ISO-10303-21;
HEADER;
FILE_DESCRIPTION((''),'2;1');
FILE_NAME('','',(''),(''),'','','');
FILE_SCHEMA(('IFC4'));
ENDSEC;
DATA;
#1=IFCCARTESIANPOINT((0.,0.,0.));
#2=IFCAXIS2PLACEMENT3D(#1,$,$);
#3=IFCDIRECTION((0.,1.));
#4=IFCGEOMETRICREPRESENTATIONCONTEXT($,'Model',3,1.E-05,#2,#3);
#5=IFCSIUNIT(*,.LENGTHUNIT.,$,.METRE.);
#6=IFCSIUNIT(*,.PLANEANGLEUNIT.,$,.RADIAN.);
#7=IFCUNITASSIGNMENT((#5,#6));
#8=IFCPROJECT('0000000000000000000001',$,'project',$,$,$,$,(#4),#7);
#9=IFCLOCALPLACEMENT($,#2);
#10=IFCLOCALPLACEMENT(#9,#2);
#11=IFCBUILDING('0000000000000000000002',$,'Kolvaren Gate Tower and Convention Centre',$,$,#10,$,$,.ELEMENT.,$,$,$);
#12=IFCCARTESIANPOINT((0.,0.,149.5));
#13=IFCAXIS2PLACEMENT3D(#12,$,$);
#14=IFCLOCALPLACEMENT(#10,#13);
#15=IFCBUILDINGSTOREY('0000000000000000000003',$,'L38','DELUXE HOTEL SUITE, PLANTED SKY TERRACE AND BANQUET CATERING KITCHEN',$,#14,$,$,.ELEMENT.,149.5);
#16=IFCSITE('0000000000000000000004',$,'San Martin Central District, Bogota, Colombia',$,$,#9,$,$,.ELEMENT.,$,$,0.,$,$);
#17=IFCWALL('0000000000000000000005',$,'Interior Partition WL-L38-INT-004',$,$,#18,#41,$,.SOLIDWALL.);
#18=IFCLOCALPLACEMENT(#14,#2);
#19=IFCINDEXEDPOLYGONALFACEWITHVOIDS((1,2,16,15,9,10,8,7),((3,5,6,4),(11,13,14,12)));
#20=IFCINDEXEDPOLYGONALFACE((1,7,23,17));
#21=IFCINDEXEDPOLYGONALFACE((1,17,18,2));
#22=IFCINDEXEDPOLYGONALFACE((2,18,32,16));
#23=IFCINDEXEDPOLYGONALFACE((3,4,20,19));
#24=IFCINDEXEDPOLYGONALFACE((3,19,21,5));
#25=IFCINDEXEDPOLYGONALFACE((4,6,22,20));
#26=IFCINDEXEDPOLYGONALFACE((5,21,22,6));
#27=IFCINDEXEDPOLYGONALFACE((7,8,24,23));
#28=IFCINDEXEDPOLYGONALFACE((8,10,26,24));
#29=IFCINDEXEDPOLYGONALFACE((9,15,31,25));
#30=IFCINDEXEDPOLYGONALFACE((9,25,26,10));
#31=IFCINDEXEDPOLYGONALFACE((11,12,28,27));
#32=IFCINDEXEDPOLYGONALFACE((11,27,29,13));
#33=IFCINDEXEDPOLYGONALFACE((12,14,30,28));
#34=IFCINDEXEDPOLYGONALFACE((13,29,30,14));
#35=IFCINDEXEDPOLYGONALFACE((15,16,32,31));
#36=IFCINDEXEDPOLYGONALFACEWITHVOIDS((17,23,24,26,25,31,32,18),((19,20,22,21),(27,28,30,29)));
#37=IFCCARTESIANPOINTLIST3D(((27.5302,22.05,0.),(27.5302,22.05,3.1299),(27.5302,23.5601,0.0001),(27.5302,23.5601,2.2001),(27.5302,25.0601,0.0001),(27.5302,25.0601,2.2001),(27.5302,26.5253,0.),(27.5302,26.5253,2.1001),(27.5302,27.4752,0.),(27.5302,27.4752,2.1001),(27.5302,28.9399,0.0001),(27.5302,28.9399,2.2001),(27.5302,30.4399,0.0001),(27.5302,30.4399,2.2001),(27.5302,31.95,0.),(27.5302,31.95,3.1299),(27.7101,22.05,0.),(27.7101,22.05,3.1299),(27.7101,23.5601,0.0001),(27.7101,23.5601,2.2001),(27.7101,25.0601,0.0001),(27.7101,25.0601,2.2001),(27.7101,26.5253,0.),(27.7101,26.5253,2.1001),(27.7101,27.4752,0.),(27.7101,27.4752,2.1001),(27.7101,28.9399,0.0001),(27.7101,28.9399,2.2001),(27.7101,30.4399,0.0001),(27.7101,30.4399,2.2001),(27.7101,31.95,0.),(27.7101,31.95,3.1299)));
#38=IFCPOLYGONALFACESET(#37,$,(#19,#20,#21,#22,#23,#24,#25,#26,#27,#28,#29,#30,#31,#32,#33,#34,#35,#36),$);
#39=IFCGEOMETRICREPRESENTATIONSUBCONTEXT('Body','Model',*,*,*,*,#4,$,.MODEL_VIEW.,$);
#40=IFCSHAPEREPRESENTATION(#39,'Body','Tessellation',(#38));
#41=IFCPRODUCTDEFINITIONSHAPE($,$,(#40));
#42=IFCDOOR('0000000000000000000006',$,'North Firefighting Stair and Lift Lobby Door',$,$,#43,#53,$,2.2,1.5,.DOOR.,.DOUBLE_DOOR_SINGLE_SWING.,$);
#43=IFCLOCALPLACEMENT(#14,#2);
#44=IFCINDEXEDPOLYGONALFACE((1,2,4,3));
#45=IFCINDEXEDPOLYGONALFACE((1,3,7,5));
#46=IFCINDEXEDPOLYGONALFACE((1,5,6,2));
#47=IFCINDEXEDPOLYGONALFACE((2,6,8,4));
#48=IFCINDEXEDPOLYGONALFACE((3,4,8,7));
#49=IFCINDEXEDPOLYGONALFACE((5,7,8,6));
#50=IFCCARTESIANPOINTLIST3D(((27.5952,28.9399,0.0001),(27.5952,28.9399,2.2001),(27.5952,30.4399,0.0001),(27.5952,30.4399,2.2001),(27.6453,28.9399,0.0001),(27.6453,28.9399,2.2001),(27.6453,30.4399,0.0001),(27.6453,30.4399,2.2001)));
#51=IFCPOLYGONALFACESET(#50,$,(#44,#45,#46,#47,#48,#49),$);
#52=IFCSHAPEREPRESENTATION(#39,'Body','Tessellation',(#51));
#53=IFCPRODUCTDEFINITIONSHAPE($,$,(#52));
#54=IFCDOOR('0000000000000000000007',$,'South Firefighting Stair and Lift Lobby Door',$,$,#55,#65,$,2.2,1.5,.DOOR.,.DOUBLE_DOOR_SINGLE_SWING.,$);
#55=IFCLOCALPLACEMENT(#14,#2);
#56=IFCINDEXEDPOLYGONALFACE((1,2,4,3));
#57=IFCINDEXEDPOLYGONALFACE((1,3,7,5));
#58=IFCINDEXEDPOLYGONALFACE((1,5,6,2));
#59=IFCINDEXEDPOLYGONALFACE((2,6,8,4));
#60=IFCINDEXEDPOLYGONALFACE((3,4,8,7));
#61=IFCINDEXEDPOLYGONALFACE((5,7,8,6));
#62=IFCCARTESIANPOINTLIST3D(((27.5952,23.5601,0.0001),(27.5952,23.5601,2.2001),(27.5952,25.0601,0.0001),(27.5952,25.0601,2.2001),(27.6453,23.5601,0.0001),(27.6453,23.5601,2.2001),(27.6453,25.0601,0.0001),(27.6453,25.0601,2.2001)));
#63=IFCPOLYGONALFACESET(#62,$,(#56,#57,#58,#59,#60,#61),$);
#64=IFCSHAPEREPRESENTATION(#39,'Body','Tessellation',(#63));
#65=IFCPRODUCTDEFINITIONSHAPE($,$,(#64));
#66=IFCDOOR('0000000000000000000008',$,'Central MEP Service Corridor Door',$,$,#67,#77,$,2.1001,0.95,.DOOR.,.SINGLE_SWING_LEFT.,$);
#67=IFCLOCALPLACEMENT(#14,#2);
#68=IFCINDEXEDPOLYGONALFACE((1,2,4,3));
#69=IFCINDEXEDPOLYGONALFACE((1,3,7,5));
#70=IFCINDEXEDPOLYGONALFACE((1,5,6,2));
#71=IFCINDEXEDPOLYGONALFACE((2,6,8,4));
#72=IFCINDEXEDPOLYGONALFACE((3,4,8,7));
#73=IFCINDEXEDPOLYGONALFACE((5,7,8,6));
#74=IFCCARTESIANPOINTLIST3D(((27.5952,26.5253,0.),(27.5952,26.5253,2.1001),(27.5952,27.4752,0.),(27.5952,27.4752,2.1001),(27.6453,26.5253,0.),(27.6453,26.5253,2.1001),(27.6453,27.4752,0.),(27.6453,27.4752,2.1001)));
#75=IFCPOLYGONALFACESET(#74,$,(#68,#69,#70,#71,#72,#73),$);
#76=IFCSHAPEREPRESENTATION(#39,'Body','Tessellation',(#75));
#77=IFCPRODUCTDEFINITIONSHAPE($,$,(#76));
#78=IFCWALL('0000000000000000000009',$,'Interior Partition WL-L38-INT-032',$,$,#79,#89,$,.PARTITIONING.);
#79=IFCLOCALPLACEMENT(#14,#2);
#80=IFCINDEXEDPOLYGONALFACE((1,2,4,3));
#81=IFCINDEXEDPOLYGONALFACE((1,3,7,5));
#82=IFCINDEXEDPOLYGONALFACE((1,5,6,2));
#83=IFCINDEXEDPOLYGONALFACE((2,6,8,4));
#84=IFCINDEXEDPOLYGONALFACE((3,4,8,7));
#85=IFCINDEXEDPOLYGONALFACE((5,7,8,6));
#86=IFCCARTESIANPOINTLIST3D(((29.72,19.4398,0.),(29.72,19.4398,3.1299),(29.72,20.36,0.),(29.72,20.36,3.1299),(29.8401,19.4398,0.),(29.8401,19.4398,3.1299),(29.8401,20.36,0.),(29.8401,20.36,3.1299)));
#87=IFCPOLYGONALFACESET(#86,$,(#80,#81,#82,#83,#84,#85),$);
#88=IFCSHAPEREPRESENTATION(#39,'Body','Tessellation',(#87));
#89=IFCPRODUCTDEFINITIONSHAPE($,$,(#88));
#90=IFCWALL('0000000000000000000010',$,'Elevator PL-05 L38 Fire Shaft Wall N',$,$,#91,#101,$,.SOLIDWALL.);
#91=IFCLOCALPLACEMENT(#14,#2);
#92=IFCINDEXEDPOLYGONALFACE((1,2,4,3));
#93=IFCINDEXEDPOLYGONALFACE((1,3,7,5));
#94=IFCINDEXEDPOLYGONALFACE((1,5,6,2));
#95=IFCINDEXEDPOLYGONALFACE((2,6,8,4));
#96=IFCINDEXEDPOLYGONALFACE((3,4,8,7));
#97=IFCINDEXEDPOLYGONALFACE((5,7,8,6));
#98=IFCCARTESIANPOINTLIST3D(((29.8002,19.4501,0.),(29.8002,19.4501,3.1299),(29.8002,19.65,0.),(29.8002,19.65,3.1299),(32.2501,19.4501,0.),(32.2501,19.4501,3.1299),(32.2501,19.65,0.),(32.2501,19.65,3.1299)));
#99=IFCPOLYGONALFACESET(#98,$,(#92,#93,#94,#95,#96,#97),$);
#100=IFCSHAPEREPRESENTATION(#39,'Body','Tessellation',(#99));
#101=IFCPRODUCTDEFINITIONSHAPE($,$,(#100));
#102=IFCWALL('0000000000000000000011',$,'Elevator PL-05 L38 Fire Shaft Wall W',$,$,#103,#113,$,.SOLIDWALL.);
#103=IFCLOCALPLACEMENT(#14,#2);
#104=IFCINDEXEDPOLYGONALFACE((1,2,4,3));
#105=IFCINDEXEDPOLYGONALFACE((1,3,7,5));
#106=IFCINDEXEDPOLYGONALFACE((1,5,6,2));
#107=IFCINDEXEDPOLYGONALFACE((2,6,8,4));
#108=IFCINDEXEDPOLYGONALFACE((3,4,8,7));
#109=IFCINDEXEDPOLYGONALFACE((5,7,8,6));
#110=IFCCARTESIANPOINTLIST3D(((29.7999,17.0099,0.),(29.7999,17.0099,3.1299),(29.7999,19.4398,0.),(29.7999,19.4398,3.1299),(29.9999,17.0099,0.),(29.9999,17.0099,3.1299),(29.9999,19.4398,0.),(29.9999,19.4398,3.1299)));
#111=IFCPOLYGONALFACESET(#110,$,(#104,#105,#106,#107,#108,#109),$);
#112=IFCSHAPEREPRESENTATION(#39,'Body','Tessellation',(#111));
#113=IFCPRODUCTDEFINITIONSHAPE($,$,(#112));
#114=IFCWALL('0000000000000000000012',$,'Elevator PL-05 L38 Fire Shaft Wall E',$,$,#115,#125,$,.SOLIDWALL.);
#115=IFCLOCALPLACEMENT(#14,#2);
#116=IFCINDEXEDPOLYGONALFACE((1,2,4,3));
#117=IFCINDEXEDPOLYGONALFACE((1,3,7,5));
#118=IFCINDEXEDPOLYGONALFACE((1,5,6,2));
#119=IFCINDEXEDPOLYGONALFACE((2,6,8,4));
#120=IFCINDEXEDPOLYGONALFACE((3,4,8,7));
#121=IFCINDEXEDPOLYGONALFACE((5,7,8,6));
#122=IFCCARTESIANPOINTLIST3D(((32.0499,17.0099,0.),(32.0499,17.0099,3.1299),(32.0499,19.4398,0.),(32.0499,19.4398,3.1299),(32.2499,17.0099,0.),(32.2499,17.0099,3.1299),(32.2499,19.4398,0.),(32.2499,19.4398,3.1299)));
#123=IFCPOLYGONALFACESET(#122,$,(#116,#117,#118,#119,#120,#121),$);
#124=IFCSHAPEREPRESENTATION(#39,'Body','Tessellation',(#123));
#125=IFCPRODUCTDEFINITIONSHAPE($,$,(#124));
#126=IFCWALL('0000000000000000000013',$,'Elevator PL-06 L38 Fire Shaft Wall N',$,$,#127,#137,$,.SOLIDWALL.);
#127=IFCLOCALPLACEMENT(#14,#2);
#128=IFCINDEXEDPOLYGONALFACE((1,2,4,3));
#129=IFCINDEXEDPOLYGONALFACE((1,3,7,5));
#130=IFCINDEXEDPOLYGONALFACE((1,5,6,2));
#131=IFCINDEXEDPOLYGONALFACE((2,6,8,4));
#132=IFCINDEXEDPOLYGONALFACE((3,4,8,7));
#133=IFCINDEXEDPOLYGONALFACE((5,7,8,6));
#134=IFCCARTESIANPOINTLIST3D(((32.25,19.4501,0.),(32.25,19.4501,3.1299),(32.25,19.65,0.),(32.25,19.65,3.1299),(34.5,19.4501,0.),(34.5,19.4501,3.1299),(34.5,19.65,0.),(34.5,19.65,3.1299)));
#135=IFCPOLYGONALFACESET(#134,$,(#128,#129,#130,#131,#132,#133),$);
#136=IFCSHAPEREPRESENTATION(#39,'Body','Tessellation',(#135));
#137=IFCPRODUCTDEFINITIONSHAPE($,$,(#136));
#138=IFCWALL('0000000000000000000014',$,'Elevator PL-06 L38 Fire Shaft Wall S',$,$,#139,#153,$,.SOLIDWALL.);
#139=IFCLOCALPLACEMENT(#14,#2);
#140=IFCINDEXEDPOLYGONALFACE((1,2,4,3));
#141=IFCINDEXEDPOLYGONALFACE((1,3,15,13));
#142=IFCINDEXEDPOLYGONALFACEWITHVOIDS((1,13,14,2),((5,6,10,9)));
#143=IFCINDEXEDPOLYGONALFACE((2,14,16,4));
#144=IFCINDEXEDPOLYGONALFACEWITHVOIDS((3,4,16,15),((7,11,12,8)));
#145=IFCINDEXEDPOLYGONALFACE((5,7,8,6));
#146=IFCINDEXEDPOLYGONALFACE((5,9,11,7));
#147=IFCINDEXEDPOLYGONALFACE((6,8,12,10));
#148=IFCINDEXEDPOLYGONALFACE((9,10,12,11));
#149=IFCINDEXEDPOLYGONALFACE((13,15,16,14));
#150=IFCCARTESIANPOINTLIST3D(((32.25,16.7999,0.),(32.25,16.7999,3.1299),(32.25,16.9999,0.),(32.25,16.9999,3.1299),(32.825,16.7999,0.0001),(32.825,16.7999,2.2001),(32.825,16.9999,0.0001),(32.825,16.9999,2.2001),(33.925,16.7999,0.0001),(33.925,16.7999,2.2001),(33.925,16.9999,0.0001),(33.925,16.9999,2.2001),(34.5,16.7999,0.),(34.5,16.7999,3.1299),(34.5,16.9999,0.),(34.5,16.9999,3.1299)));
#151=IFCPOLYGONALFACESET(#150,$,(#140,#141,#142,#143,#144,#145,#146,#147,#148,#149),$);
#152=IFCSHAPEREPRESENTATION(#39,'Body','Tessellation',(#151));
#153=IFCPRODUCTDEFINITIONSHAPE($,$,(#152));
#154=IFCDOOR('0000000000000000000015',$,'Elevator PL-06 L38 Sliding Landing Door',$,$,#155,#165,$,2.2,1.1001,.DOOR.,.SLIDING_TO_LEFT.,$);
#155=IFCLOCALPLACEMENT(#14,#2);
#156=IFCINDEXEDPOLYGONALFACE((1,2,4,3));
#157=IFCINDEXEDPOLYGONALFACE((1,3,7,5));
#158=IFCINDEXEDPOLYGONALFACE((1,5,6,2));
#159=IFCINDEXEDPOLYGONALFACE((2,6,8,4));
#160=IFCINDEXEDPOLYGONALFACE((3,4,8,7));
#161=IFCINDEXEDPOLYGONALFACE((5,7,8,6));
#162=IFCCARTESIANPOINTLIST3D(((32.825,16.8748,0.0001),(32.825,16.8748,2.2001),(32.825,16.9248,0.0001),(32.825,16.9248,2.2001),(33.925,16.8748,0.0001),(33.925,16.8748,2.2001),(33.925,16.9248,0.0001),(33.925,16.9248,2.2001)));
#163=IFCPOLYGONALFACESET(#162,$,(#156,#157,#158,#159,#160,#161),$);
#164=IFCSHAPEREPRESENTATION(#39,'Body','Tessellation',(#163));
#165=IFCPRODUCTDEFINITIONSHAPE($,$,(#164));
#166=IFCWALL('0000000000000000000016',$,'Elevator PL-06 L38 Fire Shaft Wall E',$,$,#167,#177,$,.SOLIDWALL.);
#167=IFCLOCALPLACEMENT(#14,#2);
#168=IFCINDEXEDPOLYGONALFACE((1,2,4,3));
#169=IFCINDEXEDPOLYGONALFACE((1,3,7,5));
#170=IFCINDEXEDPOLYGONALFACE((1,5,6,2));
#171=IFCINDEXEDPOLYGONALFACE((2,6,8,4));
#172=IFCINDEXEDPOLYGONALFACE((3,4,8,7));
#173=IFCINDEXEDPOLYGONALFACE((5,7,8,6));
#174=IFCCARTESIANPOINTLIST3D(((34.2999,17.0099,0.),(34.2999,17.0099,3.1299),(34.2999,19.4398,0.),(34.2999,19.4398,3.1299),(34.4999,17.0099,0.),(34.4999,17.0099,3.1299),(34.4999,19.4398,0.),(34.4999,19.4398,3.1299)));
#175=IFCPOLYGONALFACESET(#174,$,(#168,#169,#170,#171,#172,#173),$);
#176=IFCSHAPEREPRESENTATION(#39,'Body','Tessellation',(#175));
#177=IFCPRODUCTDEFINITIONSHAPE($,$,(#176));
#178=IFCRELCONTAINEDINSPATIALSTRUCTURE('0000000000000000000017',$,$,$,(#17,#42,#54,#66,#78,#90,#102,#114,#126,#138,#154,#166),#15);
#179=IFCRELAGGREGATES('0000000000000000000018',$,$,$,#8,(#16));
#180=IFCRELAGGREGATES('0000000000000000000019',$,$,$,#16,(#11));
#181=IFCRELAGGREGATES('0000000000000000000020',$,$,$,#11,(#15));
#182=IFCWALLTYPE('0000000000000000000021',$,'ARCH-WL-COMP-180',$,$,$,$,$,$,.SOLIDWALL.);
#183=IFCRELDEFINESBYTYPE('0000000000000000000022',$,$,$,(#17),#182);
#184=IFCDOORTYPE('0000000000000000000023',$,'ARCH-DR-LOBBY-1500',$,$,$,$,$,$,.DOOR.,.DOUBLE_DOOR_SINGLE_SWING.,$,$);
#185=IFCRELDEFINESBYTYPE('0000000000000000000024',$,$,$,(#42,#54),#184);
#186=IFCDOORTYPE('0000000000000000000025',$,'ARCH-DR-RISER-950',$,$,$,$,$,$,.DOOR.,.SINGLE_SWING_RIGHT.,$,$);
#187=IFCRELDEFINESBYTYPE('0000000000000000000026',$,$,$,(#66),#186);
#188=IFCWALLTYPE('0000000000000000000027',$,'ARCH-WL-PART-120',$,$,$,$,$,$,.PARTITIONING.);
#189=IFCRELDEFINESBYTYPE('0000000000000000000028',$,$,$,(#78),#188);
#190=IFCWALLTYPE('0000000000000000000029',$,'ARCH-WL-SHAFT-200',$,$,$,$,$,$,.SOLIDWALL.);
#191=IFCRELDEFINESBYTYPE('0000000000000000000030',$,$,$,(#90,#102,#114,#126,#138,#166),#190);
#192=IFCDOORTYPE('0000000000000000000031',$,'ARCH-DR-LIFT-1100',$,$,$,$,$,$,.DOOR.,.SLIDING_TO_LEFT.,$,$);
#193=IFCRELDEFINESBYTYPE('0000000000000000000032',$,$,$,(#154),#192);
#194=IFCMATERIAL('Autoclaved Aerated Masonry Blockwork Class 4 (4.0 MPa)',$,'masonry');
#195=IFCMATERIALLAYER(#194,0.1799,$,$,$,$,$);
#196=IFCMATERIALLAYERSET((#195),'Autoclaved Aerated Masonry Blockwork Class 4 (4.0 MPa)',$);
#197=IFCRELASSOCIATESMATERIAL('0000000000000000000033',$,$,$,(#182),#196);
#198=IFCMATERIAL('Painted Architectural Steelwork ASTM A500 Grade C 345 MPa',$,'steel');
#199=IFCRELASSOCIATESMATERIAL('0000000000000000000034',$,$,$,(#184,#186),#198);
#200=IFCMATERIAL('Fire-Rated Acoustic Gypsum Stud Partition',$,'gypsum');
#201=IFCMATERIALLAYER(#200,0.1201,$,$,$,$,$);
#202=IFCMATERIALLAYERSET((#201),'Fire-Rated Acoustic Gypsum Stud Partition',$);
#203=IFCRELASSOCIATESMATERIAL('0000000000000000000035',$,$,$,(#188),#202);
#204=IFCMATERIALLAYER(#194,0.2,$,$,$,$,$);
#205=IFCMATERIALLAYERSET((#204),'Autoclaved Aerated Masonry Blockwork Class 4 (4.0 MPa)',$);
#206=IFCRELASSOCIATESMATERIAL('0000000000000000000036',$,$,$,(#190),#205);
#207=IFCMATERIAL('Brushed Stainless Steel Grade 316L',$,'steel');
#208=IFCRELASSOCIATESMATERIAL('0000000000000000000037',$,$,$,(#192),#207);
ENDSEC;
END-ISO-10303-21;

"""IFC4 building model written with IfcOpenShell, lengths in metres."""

from ifc_helpers import new_model, si_unit, direction, frame, frame_2d, origin, place, context, subcontext, project, spatial, rectangle, extrude, material, layer, layer_set, type_object, element, fill, save


model = new_model("IFC4")

# Units and contexts
model_context = context("Model", 3, precision=1e-05, world=origin(), true_north=direction((0.0, 1.0)))
body_context = subcontext(model_context, "Body", "Model", "MODEL_VIEW")
ifc_project = project(units=[si_unit("LENGTHUNIT", "METRE"), si_unit("PLANEANGLEUNIT", "RADIAN")], contexts=[model_context])

# Site, building, storey
site_placement = place(None, origin())
site = spatial("IfcSite", under=ifc_project, at=site_placement, Name="San Martin Central District, Bogota, Colombia", CompositionType="ELEMENT", RefElevation=0.0)
building_placement = place(site_placement, origin())
building = spatial("IfcBuilding", under=site, at=building_placement, Name="Kolvaren Gate Tower and Convention Centre", CompositionType="ELEMENT")
storey_placement = place(building_placement, frame((0.0, 0.0, 149.5)))
storey = spatial("IfcBuildingStorey", under=building, at=storey_placement, Name="L38", Description="DELUXE HOTEL SUITE, PLANTED SKY TERRACE AND BANQUET CATERING KITCHEN", CompositionType="ELEMENT", Elevation=149.5)

# Wall, openings, doors
ifc_material_1 = material(Name="Autoclaved Aerated Masonry Blockwork Class 4 (4.0 MPa)", Category="masonry")
ifc_layer_1 = layer(ifc_material_1, 0.1799)
ifc_layer_set_1 = layer_set([ifc_layer_1], Name="Autoclaved Aerated Masonry Blockwork Class 4 (4.0 MPa)")
wall_type_1 = type_object("IfcWallType", Name="ARCH-WL-COMP-180", PredefinedType="SOLIDWALL", material=ifc_layer_set_1)
wall_1_placement = place(storey_placement, frame((27.6201, 22.05, 0.0), z_axis=(0.0, 0.0, 1.0), x_axis=(0.0, 1.0, 0.0)))
wall_1 = element("IfcWall", 1, at=wall_1_placement, inside=storey, type_object=wall_type_1, Name="Interior Partition WL-L38-INT-004", PredefinedType="SOLIDWALL", context=body_context, shape_type="SweptSolid", body=[
    extrude(rectangle(XDim=9.8999, YDim=0.1799, at=frame_2d((4.95, 0.0))), origin(), (0.0, 0.0, 1.0), 3.1299),
])
opening_1_placement = place(wall_1_placement, frame((4.4751, 0.0, 0.0)))
opening_1 = element("IfcOpeningElement", 2, at=opening_1_placement, cuts=wall_1, PredefinedType="OPENING", context=body_context, shape_type="SweptSolid", body=[
    extrude(rectangle(XDim=0.95, YDim=2.1001, at=frame_2d((0.4751, 1.05))), frame((0.0, 0.0999, 0.0), z_axis=(0.0, -1.0, 0.0), x_axis=(1.0, 0.0, 0.0)), (0.0, 0.0, 1.0), 0.2),
])
opening_2_placement = place(wall_1_placement, frame((6.8899, 0.0, 0.0)))
opening_2 = element("IfcOpeningElement", 3, at=opening_2_placement, cuts=wall_1, PredefinedType="OPENING", context=body_context, shape_type="SweptSolid", body=[
    extrude(rectangle(XDim=1.5, YDim=2.2, at=frame_2d((0.75, 1.1001))), frame((0.0, 0.0999, 0.0), z_axis=(0.0, -1.0, 0.0), x_axis=(1.0, 0.0, 0.0)), (0.0, 0.0, 1.0), 0.2),
])
opening_3_placement = place(wall_1_placement, frame((1.51, 0.0, 0.0)))
opening_3 = element("IfcOpeningElement", 4, at=opening_3_placement, cuts=wall_1, PredefinedType="OPENING", context=body_context, shape_type="SweptSolid", body=[
    extrude(rectangle(XDim=1.5, YDim=2.2, at=frame_2d((0.75, 1.1001))), frame((0.0, 0.0999, 0.0), z_axis=(0.0, -1.0, 0.0), x_axis=(1.0, 0.0, 0.0)), (0.0, 0.0, 1.0), 0.2),
])
ifc_material_2 = material(Name="Painted Architectural Steelwork ASTM A500 Grade C 345 MPa", Category="steel")
door_type_1 = type_object("IfcDoorType", Name="ARCH-DR-LOBBY-1500", OperationType="DOUBLE_DOOR_SINGLE_SWING", PredefinedType="DOOR", material=ifc_material_2)
door_1_placement = place(opening_2_placement, origin())
door_1 = element("IfcDoor", 5, at=door_1_placement, inside=storey, type_object=door_type_1, Name="North Firefighting Stair and Lift Lobby Door", OperationType="DOUBLE_DOOR_SINGLE_SWING", OverallHeight=2.2, OverallWidth=1.5, PredefinedType="DOOR", context=body_context, shape_type="SweptSolid", body=[
    extrude(rectangle(XDim=1.5, YDim=2.2, at=frame_2d((0.75, 1.1001))), frame((0.0, 0.0249, 0.0), z_axis=(0.0, -1.0, 0.0), x_axis=(1.0, 0.0, 0.0)), (0.0, 0.0, 1.0), 0.05),
])
fill(opening_2, door_1)
door_2_placement = place(opening_3_placement, origin())
door_2 = element("IfcDoor", 6, at=door_2_placement, inside=storey, type_object=door_type_1, Name="South Firefighting Stair and Lift Lobby Door", OperationType="DOUBLE_DOOR_SINGLE_SWING", OverallHeight=2.2, OverallWidth=1.5, PredefinedType="DOOR", context=body_context, shape_type="SweptSolid", body=[
    extrude(rectangle(XDim=1.5, YDim=2.2, at=frame_2d((0.75, 1.1001))), frame((0.0, 0.0249, 0.0), z_axis=(0.0, -1.0, 0.0), x_axis=(1.0, 0.0, 0.0)), (0.0, 0.0, 1.0), 0.05),
])
fill(opening_3, door_2)
door_type_2 = type_object("IfcDoorType", Name="ARCH-DR-RISER-950", OperationType="SINGLE_SWING_RIGHT", PredefinedType="DOOR", material=ifc_material_2)
door_3_placement = place(opening_1_placement, origin())
door_3 = element("IfcDoor", 7, at=door_3_placement, inside=storey, type_object=door_type_2, Name="Central MEP Service Corridor Door", OperationType="SINGLE_SWING_LEFT", OverallHeight=2.1001, OverallWidth=0.95, PredefinedType="DOOR", context=body_context, shape_type="SweptSolid", body=[
    extrude(rectangle(XDim=0.95, YDim=2.1001, at=frame_2d((0.4751, 1.05))), frame((0.0, 0.0249, 0.0), z_axis=(0.0, -1.0, 0.0), x_axis=(1.0, 0.0, 0.0)), (0.0, 0.0, 1.0), 0.05),
])
fill(opening_1, door_3)

# Walls
ifc_material_3 = material(Name="Fire-Rated Acoustic Gypsum Stud Partition", Category="gypsum")
ifc_layer_2 = layer(ifc_material_3, 0.1201)
ifc_layer_set_2 = layer_set([ifc_layer_2], Name="Fire-Rated Acoustic Gypsum Stud Partition")
wall_type_2 = type_object("IfcWallType", Name="ARCH-WL-PART-120", PredefinedType="PARTITIONING", material=ifc_layer_set_2)
wall_2_placement = place(storey_placement, frame((29.78, 19.4399, 0.0), z_axis=(0.0, 0.0, 1.0), x_axis=(0.0, 1.0, 0.0)))
element("IfcWall", 8, at=wall_2_placement, inside=storey, type_object=wall_type_2, Name="Interior Partition WL-L38-INT-032", PredefinedType="PARTITIONING", context=body_context, shape_type="SweptSolid", body=[
    extrude(rectangle(XDim=0.9202, YDim=0.1201, at=frame_2d((0.46, 0.0))), origin(), (0.0, 0.0, 1.0), 3.1299),
])
ifc_layer_3 = layer(ifc_material_1, 0.2)
ifc_layer_set_3 = layer_set([ifc_layer_3], Name="Autoclaved Aerated Masonry Blockwork Class 4 (4.0 MPa)")
wall_type_3 = type_object("IfcWallType", Name="ARCH-WL-SHAFT-200", PredefinedType="SOLIDWALL", material=ifc_layer_set_3)
wall_3_placement = place(storey_placement, frame((29.8, 19.55, 0.0), z_axis=(0.0, 0.0, 1.0), x_axis=(1.0, 0.0, 0.0)))
element("IfcWall", 9, at=wall_3_placement, inside=storey, type_object=wall_type_3, Name="Elevator PL-05 L38 Fire Shaft Wall N", PredefinedType="SOLIDWALL", context=body_context, shape_type="SweptSolid", body=[
    extrude(rectangle(XDim=2.45, YDim=0.2, at=frame_2d((1.2251, 0.0))), origin(), (0.0, 0.0, 1.0), 3.1299),
])
for number, where, z_axis, x_axis, name in (
    (10, (29.8999, 17.01, 0.0), (0.0, 0.0, 1.0), (0.0, 1.0, 0.0), "Elevator PL-05 L38 Fire Shaft Wall W"),
    (11, (32.1499, 17.01, 0.0), (0.0, 0.0, 1.0), (0.0, 1.0, 0.0), "Elevator PL-05 L38 Fire Shaft Wall E"),
):
    element("IfcWall", number, at=place(storey_placement, frame(where, z_axis=z_axis, x_axis=x_axis)), inside=storey, type_object=wall_type_3, Name=name, PredefinedType="SOLIDWALL", context=body_context, shape_type="SweptSolid", body=[
        extrude(rectangle(XDim=2.4299, YDim=0.2, at=frame_2d((1.2148, 0.0))), origin(), (0.0, 0.0, 1.0), 3.1299),
    ])
wall_4_placement = place(storey_placement, frame((32.25, 19.55, 0.0), z_axis=(0.0, 0.0, 1.0), x_axis=(1.0, 0.0, 0.0)))
element("IfcWall", 12, at=wall_4_placement, inside=storey, type_object=wall_type_3, Name="Elevator PL-06 L38 Fire Shaft Wall N", PredefinedType="SOLIDWALL", context=body_context, shape_type="SweptSolid", body=[
    extrude(rectangle(XDim=2.25, YDim=0.2, at=frame_2d((1.125, 0.0))), origin(), (0.0, 0.0, 1.0), 3.1299),
])

# Wall, opening, door
wall_5_placement = place(storey_placement, frame((32.25, 16.8999, 0.0), z_axis=(0.0, 0.0, 1.0), x_axis=(1.0, 0.0, 0.0)))
wall_5 = element("IfcWall", 13, at=wall_5_placement, inside=storey, type_object=wall_type_3, Name="Elevator PL-06 L38 Fire Shaft Wall S", PredefinedType="SOLIDWALL", context=body_context, shape_type="SweptSolid", body=[
    extrude(rectangle(XDim=2.25, YDim=0.2, at=frame_2d((1.125, 0.0))), origin(), (0.0, 0.0, 1.0), 3.1299),
])
opening_4_placement = place(wall_5_placement, frame((0.575, 0.0, 0.0)))
opening_4 = element("IfcOpeningElement", 14, at=opening_4_placement, cuts=wall_5, PredefinedType="OPENING", context=body_context, shape_type="SweptSolid", body=[
    extrude(rectangle(XDim=1.1001, YDim=2.2, at=frame_2d((0.55, 1.1001))), frame((0.0, 0.1099, 0.0), z_axis=(0.0, -1.0, 0.0), x_axis=(1.0, 0.0, 0.0)), (0.0, 0.0, 1.0), 0.22),
])
ifc_material_4 = material(Name="Brushed Stainless Steel Grade 316L", Category="steel")
door_type_3 = type_object("IfcDoorType", Name="ARCH-DR-LIFT-1100", OperationType="SLIDING_TO_LEFT", PredefinedType="DOOR", material=ifc_material_4)
door_4_placement = place(opening_4_placement, origin())
door_4 = element("IfcDoor", 15, at=door_4_placement, inside=storey, type_object=door_type_3, Name="Elevator PL-06 L38 Sliding Landing Door", OperationType="SLIDING_TO_LEFT", OverallHeight=2.2, OverallWidth=1.1001, PredefinedType="DOOR", context=body_context, shape_type="SweptSolid", body=[
    extrude(rectangle(XDim=1.1001, YDim=2.2, at=frame_2d((0.55, 1.1001))), frame((0.0, 0.0249, 0.0), z_axis=(0.0, -1.0, 0.0), x_axis=(1.0, 0.0, 0.0)), (0.0, 0.0, 1.0), 0.05),
])
fill(opening_4, door_4)

# Wall
wall_6_placement = place(storey_placement, frame((34.3999, 17.01, 0.0), z_axis=(0.0, 0.0, 1.0), x_axis=(0.0, 1.0, 0.0)))
element("IfcWall", 16, at=wall_6_placement, inside=storey, type_object=wall_type_3, Name="Elevator PL-06 L38 Fire Shaft Wall E", PredefinedType="SOLIDWALL", context=body_context, shape_type="SweptSolid", body=[
    extrude(rectangle(XDim=2.4299, YDim=0.2, at=frame_2d((1.2148, 0.0))), origin(), (0.0, 0.0, 1.0), 3.1299),
])

save(model, "model.ifc")
